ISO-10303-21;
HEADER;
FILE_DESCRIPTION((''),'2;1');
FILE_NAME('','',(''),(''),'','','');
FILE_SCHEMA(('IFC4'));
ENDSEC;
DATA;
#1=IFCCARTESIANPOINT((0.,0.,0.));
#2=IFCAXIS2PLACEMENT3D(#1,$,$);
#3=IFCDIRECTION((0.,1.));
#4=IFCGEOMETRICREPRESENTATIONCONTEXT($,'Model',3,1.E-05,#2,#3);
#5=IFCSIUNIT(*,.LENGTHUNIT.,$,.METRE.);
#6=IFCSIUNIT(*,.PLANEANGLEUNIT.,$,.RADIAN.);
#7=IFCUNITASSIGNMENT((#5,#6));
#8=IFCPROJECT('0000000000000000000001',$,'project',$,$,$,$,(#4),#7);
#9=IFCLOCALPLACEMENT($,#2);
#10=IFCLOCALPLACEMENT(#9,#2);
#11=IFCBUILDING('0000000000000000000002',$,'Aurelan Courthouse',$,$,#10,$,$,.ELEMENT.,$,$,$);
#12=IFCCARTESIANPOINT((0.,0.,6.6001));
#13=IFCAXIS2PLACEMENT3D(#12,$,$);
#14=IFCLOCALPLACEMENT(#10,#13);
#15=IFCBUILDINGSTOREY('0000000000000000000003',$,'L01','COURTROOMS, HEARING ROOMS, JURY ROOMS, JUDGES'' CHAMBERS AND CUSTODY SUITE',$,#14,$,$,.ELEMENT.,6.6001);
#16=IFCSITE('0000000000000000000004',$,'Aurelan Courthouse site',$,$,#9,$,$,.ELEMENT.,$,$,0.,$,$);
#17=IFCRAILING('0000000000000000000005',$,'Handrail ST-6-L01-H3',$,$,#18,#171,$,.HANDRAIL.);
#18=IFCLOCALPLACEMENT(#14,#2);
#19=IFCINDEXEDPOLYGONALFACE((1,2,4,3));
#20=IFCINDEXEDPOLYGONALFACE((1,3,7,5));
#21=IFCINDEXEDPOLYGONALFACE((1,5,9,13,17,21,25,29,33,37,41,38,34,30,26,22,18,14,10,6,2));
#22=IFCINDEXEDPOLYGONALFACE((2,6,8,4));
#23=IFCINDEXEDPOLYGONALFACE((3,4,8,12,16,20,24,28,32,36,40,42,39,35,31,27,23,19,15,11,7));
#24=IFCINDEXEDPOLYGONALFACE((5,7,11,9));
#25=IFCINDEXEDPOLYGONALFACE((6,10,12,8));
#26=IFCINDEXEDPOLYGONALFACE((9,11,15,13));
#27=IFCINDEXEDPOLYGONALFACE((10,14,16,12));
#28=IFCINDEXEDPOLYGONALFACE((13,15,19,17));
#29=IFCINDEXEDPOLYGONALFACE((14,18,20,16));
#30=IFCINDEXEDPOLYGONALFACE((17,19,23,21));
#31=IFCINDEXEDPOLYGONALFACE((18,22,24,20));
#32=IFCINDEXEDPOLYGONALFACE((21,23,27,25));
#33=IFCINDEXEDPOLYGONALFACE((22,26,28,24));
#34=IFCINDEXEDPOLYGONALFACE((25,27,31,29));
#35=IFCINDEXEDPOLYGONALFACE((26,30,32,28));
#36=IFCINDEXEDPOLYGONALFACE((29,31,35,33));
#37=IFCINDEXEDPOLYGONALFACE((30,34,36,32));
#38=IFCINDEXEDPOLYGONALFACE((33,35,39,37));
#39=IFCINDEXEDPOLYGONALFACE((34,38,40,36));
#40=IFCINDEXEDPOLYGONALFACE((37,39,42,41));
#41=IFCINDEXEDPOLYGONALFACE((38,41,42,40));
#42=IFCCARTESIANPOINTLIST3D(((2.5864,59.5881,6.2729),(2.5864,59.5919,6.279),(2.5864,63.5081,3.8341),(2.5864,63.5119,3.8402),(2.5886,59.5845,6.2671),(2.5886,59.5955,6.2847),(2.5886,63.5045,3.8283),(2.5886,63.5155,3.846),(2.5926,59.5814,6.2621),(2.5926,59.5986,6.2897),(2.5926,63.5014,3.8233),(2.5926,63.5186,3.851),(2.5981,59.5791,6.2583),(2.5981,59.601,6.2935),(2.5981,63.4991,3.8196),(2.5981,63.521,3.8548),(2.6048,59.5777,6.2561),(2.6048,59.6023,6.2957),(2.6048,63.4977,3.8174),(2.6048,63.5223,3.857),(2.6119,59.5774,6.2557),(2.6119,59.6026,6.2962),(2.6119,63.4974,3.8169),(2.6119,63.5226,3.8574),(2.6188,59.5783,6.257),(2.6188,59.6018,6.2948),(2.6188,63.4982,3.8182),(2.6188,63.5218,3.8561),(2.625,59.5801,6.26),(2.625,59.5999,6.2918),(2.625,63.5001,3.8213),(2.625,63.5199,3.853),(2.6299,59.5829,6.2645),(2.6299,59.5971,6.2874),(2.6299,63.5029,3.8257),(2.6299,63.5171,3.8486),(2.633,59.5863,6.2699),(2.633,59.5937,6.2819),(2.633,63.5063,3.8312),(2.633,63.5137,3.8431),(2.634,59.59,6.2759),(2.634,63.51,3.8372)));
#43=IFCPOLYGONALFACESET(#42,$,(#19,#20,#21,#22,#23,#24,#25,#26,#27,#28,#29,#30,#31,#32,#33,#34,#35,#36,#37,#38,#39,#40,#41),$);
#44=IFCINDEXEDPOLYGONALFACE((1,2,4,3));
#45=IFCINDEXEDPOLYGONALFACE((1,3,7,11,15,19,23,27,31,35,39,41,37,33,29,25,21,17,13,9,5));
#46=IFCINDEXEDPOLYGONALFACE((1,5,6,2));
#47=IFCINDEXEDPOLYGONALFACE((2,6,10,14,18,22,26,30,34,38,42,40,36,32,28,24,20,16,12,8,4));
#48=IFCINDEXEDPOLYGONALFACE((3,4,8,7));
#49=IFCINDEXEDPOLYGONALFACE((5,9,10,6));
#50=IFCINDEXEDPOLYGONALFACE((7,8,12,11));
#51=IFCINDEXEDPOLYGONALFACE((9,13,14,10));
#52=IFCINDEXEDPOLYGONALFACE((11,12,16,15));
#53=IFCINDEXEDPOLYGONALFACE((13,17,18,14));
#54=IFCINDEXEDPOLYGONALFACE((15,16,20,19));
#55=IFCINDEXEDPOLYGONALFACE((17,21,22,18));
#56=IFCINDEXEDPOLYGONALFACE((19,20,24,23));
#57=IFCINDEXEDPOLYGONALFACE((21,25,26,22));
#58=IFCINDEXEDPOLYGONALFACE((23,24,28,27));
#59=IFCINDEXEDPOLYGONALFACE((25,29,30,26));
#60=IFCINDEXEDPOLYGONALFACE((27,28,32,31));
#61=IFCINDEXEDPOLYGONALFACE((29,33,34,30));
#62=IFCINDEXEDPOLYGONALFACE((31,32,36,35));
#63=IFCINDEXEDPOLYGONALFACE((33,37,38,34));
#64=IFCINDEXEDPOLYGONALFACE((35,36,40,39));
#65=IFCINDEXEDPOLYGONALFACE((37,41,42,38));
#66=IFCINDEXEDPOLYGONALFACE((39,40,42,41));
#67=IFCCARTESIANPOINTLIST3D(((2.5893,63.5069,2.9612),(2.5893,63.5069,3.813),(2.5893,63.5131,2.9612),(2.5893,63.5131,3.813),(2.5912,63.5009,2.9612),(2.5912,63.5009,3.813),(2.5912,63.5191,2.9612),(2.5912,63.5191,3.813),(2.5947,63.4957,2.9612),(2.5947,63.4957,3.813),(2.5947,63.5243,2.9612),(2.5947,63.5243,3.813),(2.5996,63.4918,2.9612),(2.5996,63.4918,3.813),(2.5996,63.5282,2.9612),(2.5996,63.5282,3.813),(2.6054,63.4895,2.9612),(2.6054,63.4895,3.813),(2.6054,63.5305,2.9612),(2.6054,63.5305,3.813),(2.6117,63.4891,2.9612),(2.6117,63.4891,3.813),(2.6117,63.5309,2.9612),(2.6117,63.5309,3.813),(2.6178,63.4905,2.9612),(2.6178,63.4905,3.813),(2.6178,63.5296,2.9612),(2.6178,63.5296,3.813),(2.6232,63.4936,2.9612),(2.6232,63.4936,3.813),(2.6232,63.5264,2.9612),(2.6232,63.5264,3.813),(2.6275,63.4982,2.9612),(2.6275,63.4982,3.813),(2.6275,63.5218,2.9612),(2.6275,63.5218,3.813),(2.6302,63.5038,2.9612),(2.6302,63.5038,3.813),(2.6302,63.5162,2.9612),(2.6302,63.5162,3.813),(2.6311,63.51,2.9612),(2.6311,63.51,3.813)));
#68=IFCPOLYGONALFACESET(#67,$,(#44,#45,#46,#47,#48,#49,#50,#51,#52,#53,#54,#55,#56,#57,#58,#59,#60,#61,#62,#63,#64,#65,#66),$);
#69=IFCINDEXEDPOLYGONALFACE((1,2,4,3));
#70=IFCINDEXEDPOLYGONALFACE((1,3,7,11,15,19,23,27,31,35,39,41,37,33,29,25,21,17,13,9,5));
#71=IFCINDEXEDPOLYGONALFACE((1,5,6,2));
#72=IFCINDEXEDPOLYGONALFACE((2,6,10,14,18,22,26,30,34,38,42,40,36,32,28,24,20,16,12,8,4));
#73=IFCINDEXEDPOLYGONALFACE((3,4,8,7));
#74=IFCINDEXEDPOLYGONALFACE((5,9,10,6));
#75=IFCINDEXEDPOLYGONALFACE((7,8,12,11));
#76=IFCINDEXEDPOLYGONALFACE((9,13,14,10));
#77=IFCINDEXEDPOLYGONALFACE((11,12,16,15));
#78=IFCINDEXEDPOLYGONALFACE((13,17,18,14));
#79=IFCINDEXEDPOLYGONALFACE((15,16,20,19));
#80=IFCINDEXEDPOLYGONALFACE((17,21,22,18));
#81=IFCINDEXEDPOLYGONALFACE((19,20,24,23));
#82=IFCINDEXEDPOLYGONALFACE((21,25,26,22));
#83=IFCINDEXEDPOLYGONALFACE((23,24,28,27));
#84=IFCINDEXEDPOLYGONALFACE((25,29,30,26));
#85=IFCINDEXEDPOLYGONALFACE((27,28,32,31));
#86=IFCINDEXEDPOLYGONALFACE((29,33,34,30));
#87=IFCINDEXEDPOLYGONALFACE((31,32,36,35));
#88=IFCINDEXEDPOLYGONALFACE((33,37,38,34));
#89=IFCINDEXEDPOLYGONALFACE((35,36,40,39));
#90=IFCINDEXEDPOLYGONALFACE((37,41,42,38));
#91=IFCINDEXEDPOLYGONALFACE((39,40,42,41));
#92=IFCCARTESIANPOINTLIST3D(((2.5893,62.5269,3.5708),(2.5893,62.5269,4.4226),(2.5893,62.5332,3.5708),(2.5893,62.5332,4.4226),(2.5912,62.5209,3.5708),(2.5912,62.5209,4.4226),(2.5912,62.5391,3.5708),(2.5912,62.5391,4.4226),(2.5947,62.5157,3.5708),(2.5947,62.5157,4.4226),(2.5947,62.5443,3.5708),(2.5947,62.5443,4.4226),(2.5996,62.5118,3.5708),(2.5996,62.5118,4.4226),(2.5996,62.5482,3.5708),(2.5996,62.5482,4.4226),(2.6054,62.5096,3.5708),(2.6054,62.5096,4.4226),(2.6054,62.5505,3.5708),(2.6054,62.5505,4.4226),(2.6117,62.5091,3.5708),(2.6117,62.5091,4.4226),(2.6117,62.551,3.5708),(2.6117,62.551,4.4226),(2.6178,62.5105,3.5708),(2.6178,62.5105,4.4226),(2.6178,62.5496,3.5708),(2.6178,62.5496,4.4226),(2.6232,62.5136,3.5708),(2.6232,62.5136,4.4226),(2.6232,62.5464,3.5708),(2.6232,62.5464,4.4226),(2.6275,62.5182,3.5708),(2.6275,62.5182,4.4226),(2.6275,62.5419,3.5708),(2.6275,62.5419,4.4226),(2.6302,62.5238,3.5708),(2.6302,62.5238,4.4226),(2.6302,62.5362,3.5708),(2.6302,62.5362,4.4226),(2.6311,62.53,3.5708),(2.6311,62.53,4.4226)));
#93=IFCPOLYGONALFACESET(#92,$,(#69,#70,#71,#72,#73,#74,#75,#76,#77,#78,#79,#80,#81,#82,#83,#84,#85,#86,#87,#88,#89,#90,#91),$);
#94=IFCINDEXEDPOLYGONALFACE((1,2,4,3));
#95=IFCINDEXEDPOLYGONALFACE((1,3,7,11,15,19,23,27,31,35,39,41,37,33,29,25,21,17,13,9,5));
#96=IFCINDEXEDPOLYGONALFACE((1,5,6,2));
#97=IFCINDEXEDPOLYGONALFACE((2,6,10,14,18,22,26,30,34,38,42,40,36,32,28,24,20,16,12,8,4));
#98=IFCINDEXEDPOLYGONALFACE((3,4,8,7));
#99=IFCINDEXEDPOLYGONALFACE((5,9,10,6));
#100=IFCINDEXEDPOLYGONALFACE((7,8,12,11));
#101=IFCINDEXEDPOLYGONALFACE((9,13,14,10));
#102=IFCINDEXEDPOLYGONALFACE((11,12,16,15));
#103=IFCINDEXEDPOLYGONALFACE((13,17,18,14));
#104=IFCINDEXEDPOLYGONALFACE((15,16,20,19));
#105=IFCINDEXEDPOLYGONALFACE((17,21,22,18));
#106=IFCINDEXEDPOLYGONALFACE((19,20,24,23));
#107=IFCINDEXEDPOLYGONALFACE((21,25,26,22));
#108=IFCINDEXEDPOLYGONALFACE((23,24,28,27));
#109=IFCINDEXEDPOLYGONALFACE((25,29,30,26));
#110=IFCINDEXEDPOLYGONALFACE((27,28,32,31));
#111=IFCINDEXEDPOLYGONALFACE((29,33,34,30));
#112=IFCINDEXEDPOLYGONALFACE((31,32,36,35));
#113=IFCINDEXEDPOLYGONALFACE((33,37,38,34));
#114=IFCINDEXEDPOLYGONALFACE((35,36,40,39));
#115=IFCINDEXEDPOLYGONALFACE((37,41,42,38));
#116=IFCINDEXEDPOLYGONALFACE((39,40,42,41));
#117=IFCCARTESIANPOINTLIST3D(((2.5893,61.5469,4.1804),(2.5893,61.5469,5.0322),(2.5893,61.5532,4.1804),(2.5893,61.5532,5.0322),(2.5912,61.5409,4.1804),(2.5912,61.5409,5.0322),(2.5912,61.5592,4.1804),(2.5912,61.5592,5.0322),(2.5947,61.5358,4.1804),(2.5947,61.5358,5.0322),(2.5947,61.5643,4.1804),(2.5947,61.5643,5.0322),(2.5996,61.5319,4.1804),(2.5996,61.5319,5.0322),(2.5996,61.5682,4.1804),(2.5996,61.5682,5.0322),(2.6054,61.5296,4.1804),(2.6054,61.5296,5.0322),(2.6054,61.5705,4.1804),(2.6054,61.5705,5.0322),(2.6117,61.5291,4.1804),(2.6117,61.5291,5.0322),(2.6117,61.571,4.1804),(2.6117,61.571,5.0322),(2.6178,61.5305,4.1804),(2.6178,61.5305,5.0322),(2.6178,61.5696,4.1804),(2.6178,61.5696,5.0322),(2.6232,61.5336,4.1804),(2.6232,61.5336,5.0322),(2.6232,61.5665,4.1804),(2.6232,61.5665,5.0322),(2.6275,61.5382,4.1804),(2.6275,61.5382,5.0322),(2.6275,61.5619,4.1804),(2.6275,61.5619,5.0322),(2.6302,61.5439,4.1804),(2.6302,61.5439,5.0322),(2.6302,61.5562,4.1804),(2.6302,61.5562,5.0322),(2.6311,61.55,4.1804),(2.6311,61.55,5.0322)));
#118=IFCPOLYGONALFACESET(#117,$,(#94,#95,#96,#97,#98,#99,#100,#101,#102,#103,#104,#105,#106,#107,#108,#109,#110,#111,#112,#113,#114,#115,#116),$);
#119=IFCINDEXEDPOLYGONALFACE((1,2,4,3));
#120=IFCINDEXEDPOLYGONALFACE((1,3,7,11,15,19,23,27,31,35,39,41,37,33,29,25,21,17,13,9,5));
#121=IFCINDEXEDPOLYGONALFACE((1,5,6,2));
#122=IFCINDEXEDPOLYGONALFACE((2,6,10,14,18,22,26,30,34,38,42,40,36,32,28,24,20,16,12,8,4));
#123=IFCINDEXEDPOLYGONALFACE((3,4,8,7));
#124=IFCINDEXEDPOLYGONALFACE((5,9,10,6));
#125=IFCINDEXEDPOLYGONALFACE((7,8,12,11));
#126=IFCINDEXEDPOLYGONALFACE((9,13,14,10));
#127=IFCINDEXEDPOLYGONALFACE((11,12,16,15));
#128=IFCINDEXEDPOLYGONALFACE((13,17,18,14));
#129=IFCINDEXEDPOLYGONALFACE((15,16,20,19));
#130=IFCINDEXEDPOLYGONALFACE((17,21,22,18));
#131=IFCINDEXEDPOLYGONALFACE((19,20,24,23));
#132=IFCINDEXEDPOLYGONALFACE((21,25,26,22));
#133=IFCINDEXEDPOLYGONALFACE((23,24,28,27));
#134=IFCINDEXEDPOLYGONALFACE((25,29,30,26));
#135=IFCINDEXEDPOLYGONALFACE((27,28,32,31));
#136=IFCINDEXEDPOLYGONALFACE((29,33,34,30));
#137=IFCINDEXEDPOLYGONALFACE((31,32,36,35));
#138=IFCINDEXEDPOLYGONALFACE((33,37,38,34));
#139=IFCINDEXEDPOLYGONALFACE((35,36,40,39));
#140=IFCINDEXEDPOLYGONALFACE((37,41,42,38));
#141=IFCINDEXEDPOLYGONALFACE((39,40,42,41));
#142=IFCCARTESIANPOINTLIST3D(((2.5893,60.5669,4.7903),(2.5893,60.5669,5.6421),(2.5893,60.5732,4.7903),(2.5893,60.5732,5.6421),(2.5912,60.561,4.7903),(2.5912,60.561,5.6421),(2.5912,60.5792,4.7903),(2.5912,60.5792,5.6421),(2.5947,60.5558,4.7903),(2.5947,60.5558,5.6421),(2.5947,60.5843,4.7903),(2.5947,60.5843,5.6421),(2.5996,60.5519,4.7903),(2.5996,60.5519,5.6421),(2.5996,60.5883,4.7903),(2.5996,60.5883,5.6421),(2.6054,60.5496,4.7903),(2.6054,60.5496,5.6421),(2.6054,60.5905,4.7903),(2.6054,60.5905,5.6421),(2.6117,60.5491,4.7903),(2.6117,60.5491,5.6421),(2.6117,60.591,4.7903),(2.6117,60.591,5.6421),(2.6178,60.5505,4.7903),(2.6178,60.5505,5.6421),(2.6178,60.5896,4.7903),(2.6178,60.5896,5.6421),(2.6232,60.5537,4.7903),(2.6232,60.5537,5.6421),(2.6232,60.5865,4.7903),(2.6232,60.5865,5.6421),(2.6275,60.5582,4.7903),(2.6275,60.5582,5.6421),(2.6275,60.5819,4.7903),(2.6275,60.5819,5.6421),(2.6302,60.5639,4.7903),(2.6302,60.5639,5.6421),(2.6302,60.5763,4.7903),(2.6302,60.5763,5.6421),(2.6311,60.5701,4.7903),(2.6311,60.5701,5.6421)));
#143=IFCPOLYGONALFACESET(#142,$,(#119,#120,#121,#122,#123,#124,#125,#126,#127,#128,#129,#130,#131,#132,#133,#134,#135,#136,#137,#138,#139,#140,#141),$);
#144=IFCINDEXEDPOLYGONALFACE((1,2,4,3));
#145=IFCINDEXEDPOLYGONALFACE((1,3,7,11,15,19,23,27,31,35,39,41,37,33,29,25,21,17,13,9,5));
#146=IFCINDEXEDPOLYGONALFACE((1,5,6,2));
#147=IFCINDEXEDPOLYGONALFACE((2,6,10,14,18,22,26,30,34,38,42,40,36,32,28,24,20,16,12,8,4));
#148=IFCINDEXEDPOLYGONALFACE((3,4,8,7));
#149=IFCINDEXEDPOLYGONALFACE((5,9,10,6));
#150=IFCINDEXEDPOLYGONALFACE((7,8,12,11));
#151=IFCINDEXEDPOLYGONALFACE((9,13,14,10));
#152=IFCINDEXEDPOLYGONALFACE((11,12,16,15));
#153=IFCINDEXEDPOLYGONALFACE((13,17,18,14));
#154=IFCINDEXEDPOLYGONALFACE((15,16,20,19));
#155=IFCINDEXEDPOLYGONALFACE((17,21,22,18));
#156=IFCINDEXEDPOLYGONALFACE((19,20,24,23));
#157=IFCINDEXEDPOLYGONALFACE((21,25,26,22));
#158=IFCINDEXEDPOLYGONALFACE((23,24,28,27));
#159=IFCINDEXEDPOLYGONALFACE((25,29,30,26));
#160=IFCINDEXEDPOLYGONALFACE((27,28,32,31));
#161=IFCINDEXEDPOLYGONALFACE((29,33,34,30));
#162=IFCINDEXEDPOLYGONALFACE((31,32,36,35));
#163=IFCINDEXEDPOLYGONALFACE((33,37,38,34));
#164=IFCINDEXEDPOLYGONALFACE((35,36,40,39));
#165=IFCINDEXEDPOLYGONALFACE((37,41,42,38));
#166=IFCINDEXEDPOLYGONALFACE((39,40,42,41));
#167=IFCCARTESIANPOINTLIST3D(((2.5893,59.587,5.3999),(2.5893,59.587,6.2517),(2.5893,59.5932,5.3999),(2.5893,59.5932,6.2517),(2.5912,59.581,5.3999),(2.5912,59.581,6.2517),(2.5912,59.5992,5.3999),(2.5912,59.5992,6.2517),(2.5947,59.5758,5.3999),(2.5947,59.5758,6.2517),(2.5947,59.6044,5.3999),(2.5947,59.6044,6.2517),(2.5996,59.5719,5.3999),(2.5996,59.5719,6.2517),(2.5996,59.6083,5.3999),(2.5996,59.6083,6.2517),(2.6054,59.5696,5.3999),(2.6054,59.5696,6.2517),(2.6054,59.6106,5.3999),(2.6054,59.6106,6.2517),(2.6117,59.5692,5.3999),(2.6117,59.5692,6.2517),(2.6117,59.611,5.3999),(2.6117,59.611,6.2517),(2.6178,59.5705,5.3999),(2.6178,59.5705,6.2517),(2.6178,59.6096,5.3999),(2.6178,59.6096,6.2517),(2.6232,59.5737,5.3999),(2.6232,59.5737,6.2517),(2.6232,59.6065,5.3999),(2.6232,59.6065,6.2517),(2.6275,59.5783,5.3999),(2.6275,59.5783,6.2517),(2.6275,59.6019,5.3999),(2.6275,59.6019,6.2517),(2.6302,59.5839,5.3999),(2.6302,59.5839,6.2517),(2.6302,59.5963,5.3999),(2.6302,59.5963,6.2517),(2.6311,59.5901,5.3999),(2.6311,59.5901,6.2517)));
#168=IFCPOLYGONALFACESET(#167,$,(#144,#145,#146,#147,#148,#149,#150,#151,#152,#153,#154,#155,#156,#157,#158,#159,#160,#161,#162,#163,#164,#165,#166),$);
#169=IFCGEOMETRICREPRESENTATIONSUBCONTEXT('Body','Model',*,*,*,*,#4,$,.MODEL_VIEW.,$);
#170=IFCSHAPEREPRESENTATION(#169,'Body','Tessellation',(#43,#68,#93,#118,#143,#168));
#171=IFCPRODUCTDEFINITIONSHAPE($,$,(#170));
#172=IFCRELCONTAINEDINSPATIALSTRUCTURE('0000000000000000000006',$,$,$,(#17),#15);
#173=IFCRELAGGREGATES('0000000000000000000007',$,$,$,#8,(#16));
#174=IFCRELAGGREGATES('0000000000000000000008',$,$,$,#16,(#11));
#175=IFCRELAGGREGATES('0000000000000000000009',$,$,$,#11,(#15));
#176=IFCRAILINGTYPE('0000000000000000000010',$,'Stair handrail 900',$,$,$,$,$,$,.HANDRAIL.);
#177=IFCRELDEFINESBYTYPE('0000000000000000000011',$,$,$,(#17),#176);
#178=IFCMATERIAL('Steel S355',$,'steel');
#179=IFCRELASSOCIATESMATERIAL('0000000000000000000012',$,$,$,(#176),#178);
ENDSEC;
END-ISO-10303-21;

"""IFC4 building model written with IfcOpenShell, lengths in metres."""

from ifc_helpers import new_model, si_unit, direction, frame, origin, origin_2d, place, context, subcontext, project, spatial, circle, extrude, material, type_object, element, save


model = new_model("IFC4")

# Units and contexts
model_context = context("Model", 3, precision=1e-05, world=origin(), true_north=direction((0.0, 1.0)))
body_context = subcontext(model_context, "Body", "Model", "MODEL_VIEW")
ifc_project = project(units=[si_unit("LENGTHUNIT", "METRE"), si_unit("PLANEANGLEUNIT", "RADIAN")], contexts=[model_context])

# Site, building, storey
site_placement = place(None, origin())
site = spatial("IfcSite", under=ifc_project, at=site_placement, Name="Aurelan Courthouse site", CompositionType="ELEMENT", RefElevation=0.0)
building_placement = place(site_placement, origin())
building = spatial("IfcBuilding", under=site, at=building_placement, Name="Aurelan Courthouse", CompositionType="ELEMENT")
storey_placement = place(building_placement, frame((0.0, 0.0, 6.6001)))
storey = spatial("IfcBuildingStorey", under=building, at=storey_placement, Name="L01", Description="COURTROOMS, HEARING ROOMS, JURY ROOMS, JUDGES' CHAMBERS AND CUSTODY SUITE", CompositionType="ELEMENT", Elevation=6.6001)

# Railing
ifc_material_1 = material(Name="Steel S355", Category="steel")
railing_type_1 = type_object("IfcRailingType", Name="Stair handrail 900", PredefinedType="HANDRAIL", material=ifc_material_1)
for number, where, name in (
    (1, (2.6101, 63.51, 2.9612), "Handrail ST-6-L01-H3"),
):
    element("IfcRailing", number, at=place(storey_placement, frame(where)), inside=storey, type_object=railing_type_1, Name=name, PredefinedType="HANDRAIL", context=body_context, shape_type="SweptSolid", body=[
        extrude(circle(Radius=0.0239, at=origin_2d()), frame((0.0, 0.0, 0.876), z_axis=(0.0, -0.84909, 0.528249), x_axis=(1.0, 0.0, 0.0)), (0.0, 0.0, 1.0), 4.6167),
        extrude(circle(Radius=0.021, at=origin_2d()), origin(), (0.0, 0.0, 1.0), 0.8518),
        extrude(circle(Radius=0.021, at=origin_2d()), frame((0.0, -0.98, 0.6096)), (0.0, 0.0, 1.0), 0.8518),
        extrude(circle(Radius=0.021, at=origin_2d()), frame((0.0, -1.96, 1.2192)), (0.0, 0.0, 1.0), 0.8518),
        extrude(circle(Radius=0.021, at=origin_2d()), frame((0.0, -2.9399, 1.8291)), (0.0, 0.0, 1.0), 0.8518),
        extrude(circle(Radius=0.021, at=origin_2d()), frame((0.0, -3.9199, 2.4387)), (0.0, 0.0, 1.0), 0.8518),
    ])

save(model, "model.ifc")
